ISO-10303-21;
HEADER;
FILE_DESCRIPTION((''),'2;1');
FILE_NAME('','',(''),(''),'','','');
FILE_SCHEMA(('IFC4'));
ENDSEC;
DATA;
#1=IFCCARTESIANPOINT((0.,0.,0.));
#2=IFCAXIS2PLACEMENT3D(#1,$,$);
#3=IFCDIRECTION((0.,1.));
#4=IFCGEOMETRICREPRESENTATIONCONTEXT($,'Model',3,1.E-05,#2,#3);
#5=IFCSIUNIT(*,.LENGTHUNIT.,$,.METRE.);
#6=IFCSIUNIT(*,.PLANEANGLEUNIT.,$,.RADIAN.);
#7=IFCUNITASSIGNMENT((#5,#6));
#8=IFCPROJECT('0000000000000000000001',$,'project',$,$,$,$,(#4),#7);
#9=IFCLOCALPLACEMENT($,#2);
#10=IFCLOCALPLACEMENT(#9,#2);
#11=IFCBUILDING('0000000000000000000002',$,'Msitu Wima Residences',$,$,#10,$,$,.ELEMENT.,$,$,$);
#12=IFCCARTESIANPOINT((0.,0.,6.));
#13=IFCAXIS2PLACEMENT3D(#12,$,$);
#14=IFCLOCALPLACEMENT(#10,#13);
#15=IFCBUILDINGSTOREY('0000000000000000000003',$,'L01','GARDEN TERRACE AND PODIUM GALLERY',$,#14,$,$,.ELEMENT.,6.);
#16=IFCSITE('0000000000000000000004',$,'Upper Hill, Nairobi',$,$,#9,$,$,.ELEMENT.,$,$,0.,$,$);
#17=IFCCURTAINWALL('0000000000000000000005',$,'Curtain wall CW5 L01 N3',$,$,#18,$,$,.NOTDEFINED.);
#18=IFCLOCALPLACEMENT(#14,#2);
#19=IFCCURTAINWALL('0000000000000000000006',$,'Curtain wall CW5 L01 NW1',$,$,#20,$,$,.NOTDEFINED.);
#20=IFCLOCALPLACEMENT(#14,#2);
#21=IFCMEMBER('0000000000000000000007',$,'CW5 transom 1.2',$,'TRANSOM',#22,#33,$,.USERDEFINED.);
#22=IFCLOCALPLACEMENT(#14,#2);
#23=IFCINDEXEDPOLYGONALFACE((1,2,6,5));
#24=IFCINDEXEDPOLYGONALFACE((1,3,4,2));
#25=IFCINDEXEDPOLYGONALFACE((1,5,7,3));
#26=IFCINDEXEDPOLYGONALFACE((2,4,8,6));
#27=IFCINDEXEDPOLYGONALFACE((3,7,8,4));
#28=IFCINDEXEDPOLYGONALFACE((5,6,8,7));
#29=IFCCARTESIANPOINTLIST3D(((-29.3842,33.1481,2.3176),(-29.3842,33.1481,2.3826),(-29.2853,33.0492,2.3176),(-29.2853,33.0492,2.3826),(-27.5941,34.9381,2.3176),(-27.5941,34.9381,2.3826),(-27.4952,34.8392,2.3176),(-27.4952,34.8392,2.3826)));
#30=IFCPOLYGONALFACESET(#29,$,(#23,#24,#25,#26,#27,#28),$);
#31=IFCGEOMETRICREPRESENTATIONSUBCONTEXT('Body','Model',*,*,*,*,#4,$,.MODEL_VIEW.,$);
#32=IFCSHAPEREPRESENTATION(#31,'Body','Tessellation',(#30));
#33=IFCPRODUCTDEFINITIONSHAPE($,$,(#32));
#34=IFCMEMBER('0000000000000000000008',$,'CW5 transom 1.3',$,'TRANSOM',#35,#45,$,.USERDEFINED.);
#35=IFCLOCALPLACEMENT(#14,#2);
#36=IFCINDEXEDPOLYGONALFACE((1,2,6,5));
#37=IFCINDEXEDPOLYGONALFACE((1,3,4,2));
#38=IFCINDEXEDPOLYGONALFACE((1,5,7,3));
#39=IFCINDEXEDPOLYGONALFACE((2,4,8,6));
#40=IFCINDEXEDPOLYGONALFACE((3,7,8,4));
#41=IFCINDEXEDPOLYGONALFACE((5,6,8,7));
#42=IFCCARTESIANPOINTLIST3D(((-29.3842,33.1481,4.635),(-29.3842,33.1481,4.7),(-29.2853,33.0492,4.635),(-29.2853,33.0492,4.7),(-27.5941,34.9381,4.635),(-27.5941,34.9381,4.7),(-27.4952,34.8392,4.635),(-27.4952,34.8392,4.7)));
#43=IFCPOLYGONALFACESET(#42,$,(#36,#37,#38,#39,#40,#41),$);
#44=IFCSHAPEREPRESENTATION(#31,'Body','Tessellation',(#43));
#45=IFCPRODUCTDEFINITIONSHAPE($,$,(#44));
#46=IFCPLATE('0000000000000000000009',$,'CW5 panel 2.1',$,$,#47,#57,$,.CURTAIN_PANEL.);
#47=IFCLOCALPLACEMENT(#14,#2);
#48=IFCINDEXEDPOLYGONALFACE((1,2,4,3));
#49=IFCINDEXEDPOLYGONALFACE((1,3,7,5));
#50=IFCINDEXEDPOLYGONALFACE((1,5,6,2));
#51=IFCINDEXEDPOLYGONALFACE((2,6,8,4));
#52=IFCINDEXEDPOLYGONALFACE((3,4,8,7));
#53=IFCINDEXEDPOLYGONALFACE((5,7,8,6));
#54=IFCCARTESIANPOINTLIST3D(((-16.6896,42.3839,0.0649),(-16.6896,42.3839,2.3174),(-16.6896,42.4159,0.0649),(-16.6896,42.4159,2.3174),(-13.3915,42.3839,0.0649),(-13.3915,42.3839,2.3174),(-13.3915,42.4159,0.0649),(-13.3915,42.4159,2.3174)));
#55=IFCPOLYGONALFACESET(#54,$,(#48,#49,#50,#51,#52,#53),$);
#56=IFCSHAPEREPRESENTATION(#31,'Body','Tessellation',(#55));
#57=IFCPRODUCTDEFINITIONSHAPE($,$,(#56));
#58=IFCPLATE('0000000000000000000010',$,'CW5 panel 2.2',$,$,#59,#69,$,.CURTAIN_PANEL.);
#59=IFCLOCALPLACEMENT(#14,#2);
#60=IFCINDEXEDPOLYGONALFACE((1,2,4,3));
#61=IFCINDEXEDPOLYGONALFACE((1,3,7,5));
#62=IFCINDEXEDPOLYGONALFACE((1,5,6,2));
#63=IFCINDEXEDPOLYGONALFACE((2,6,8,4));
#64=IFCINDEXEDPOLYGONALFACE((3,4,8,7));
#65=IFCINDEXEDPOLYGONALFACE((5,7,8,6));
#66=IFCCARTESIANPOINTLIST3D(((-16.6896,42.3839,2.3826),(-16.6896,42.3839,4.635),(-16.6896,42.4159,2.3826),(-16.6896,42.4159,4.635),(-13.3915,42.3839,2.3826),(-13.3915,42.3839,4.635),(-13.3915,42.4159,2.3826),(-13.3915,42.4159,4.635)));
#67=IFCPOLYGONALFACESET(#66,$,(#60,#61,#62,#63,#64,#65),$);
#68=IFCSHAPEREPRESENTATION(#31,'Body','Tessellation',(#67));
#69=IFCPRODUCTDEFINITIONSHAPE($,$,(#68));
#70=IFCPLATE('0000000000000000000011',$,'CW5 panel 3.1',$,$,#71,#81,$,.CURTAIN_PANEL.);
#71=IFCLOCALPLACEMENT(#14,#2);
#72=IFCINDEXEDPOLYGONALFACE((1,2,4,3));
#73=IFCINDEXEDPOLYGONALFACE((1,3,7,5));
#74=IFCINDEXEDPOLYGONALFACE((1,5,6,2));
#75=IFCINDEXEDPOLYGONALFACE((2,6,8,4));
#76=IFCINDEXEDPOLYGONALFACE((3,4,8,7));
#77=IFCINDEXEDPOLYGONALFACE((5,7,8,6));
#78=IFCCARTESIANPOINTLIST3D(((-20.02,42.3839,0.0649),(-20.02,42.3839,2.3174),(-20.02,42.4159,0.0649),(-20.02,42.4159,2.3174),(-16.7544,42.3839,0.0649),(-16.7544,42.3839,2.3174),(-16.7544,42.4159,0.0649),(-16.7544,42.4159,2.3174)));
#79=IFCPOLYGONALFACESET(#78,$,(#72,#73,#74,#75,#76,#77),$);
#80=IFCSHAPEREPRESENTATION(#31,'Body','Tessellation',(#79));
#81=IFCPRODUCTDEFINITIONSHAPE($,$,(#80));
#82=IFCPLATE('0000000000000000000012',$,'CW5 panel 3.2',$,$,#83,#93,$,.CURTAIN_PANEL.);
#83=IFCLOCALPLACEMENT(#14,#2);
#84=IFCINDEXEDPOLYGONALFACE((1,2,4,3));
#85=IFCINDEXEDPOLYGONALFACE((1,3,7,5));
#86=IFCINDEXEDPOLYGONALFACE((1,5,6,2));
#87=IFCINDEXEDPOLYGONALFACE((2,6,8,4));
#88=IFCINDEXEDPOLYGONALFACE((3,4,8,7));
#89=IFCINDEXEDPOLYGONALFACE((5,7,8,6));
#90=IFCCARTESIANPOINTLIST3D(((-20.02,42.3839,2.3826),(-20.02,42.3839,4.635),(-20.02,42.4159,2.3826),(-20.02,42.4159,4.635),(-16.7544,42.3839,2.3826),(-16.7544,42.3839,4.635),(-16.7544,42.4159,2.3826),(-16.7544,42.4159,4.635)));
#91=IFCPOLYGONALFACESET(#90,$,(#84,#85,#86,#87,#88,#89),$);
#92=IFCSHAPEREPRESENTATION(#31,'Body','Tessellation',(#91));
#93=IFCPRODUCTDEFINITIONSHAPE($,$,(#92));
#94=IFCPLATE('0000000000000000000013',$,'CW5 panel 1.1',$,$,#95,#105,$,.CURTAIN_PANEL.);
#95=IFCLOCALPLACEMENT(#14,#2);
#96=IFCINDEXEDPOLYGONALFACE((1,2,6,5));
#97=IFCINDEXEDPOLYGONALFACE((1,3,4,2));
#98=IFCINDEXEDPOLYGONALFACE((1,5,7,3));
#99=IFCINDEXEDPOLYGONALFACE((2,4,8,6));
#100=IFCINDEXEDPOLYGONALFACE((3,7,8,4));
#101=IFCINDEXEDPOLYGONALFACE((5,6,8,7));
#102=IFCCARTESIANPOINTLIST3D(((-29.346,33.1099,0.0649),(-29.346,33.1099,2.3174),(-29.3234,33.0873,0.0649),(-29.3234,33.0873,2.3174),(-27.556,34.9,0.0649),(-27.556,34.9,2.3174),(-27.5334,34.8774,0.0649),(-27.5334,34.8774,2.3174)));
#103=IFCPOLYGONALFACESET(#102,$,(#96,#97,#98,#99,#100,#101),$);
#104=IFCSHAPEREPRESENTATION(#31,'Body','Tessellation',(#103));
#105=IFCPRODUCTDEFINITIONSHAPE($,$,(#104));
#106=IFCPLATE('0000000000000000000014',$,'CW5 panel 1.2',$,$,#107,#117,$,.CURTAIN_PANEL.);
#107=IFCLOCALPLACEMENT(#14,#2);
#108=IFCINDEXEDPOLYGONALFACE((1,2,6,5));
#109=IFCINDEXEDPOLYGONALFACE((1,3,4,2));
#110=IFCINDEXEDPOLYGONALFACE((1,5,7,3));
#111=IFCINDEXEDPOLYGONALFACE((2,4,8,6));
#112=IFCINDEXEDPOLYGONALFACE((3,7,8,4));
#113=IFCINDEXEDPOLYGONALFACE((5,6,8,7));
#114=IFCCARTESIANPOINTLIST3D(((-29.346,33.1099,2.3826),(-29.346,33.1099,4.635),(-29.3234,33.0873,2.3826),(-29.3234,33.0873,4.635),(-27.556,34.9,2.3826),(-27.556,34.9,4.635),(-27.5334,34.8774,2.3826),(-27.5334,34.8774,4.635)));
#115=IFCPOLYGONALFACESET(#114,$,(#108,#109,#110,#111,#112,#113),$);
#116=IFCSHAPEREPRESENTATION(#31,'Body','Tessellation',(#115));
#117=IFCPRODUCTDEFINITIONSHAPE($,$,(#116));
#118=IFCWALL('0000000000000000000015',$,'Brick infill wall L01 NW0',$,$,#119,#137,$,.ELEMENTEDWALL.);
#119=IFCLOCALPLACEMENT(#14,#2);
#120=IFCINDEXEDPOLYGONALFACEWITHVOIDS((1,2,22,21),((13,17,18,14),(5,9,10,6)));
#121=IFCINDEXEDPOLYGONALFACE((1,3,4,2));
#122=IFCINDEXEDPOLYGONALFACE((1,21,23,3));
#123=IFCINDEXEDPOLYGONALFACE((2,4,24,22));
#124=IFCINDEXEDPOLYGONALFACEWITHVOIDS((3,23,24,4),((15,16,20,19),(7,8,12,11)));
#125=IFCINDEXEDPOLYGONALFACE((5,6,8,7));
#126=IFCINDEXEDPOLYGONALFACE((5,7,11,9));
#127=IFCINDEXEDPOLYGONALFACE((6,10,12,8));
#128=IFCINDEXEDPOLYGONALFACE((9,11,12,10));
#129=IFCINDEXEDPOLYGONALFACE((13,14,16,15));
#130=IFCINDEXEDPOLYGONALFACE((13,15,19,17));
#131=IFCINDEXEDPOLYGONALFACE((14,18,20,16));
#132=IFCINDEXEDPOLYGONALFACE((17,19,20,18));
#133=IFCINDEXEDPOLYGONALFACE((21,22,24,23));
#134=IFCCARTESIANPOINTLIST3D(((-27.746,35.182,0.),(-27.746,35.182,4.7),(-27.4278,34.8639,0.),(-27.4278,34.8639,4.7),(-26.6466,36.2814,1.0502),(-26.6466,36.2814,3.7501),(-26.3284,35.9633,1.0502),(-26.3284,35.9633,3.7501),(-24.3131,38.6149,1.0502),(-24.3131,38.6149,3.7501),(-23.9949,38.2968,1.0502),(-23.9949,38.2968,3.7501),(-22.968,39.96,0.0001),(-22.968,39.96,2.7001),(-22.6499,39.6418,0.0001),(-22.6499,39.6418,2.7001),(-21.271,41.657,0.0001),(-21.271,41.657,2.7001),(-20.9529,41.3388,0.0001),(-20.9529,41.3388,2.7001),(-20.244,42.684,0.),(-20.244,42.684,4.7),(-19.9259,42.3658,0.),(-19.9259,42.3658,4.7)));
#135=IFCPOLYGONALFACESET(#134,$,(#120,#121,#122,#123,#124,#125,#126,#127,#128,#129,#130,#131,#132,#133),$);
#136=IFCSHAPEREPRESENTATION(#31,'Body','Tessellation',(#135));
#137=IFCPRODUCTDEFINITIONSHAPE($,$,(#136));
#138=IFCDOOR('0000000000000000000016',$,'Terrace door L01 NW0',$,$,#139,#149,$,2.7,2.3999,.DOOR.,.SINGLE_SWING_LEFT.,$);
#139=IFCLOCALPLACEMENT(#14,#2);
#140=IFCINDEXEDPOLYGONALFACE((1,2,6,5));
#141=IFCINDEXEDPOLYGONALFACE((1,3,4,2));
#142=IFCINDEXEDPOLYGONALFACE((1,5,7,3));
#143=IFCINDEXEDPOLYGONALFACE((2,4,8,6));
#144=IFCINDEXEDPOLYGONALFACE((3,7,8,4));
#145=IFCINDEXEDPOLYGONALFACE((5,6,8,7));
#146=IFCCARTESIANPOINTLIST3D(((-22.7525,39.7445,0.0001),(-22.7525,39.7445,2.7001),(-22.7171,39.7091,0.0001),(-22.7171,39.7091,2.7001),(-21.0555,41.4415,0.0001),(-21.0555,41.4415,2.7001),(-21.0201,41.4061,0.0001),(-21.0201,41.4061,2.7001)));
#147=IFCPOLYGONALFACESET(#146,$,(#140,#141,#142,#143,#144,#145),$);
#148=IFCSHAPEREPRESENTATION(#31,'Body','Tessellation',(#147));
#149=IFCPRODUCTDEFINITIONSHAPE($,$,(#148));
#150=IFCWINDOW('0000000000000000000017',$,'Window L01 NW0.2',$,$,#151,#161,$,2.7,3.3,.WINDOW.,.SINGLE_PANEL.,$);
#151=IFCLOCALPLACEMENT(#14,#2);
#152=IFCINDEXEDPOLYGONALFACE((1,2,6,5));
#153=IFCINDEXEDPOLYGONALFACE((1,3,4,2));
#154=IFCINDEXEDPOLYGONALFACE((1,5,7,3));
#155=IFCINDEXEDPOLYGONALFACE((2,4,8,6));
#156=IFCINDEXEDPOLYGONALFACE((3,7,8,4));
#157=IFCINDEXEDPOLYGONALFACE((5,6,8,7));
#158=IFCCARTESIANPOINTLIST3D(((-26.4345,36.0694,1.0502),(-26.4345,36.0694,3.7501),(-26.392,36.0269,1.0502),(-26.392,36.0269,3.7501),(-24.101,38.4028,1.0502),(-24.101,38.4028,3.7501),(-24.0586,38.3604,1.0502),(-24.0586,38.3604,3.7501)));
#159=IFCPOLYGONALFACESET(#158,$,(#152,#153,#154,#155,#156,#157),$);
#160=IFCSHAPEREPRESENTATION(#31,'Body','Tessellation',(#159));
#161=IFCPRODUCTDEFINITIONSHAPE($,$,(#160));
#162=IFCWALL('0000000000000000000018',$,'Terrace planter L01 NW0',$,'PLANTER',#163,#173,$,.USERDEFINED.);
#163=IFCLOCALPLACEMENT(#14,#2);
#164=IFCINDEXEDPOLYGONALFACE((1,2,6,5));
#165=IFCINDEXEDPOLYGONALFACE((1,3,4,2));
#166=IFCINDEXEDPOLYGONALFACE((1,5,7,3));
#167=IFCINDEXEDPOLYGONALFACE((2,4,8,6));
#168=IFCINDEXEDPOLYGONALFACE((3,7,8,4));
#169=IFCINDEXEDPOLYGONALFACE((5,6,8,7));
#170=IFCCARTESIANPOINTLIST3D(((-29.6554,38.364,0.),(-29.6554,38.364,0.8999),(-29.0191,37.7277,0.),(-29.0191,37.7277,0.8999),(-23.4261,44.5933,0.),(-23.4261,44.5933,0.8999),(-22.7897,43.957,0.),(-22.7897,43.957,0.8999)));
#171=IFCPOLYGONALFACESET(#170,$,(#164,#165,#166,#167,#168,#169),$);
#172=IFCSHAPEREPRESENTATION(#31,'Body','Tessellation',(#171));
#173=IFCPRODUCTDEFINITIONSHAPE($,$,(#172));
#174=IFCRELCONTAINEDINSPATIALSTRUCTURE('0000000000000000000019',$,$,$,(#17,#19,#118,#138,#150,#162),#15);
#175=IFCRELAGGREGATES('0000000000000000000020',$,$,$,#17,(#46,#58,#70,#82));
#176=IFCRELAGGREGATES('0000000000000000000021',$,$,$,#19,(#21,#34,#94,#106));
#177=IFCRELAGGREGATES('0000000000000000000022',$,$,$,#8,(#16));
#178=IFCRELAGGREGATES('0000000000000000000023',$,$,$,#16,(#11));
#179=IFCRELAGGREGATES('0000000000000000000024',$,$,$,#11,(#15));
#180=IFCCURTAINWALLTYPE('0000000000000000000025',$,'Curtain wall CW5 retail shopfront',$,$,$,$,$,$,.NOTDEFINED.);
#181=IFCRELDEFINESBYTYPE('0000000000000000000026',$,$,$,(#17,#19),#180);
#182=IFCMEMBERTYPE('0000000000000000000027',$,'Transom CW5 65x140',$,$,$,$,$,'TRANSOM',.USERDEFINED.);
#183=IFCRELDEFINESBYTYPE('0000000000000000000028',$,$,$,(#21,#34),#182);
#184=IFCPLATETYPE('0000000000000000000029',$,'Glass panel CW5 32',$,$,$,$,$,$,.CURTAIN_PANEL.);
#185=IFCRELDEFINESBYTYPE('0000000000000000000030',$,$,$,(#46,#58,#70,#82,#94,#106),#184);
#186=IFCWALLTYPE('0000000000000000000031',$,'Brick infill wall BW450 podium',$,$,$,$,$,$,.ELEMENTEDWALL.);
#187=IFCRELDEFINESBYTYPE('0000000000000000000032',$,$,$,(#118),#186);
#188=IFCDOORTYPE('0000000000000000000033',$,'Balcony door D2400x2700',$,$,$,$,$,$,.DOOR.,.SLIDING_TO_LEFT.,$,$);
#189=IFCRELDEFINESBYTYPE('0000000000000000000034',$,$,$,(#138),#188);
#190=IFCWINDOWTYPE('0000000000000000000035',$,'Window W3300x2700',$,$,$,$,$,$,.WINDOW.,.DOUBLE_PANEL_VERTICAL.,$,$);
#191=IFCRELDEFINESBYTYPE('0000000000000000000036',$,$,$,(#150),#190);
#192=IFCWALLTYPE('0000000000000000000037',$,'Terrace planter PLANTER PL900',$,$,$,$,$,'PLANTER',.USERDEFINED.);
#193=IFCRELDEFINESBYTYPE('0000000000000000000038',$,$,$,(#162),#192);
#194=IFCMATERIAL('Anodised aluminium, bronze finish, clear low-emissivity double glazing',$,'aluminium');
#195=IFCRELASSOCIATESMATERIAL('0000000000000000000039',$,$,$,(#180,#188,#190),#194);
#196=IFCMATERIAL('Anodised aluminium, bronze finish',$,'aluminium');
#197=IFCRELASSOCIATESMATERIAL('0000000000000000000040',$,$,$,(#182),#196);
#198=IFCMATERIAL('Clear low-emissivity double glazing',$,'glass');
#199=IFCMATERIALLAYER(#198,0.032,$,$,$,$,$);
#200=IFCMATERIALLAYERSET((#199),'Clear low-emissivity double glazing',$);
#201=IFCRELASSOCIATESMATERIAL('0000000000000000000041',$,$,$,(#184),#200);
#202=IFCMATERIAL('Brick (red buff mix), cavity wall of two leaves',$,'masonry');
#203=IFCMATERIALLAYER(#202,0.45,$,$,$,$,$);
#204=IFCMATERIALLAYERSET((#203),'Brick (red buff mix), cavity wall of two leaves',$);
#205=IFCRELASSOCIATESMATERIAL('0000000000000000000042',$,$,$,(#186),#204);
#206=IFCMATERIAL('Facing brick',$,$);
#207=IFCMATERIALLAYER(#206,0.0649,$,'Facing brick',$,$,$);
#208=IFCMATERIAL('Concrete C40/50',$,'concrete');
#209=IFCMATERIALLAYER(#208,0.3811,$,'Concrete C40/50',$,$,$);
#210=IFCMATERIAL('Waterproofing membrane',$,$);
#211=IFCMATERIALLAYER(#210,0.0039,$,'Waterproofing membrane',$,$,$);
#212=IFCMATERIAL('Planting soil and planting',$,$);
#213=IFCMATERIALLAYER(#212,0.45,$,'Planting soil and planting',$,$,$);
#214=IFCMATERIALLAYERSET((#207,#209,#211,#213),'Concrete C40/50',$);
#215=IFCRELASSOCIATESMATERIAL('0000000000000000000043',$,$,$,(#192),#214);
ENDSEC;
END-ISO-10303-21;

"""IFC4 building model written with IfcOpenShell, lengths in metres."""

from ifc_helpers import new_model, si_unit, direction, frame, frame_2d, origin, origin_2d, place, context, subcontext, project, spatial, rectangle, extrude, material, layer, layer_set, material_profile, profile_set, type_object, element, fill, aggregate, save


model = new_model("IFC4")

# Units and contexts
model_context = context("Model", 3, precision=1e-05, world=origin(), true_north=direction((0.0, 1.0)))
body_context = subcontext(model_context, "Body", "Model", "MODEL_VIEW")
ifc_project = project(units=[si_unit("LENGTHUNIT", "METRE"), si_unit("PLANEANGLEUNIT", "RADIAN")], contexts=[model_context])

# Site, building, storey
site_placement = place(None, origin())
site = spatial("IfcSite", under=ifc_project, at=site_placement, Name="Upper Hill, Nairobi", CompositionType="ELEMENT", RefElevation=0.0)
building_placement = place(site_placement, origin())
building = spatial("IfcBuilding", under=site, at=building_placement, Name="Msitu Wima Residences", CompositionType="ELEMENT")
storey_placement = place(building_placement, frame((0.0, 0.0, 6.0)))
storey = spatial("IfcBuildingStorey", under=building, at=storey_placement, Name="L01", Description="GARDEN TERRACE AND PODIUM GALLERY", CompositionType="ELEMENT", Elevation=6.0)

# Curtain wall
ifc_material_1 = material(Name="Anodised aluminium, bronze finish, clear low-emissivity double glazing", Category="aluminium")
curtain_wall_type = type_object("IfcCurtainWallType", Name="Curtain wall CW5 retail shopfront", PredefinedType="NOTDEFINED", material=ifc_material_1)
curtain_wall_1_placement = place(storey_placement, origin())
curtain_wall_1 = element("IfcCurtainWall", 1, at=curtain_wall_1_placement, inside=storey, type_object=curtain_wall_type, Name="Curtain wall CW5 L01 N3", PredefinedType="NOTDEFINED")
ifc_material_2 = material(Name="Anodised aluminium, bronze finish", Category="aluminium")

# Curtain wall
curtain_wall_2_placement = place(storey_placement, origin())
curtain_wall_2 = element("IfcCurtainWall", 2, at=curtain_wall_2_placement, inside=storey, type_object=curtain_wall_type, Name="Curtain wall CW5 L01 NW1", PredefinedType="NOTDEFINED")

# Members
ifc_material_profile_1 = material_profile(ifc_material_2, rectangle(XDim=0.1399, YDim=0.0649, at=origin_2d()), Name="Transom 65x140")
ifc_profile_set_1 = profile_set([ifc_material_profile_1], Name="Anodised aluminium, bronze finish")
member_type_1 = type_object("IfcMemberType", Name="Transom CW5 65x140", ElementType="TRANSOM", PredefinedType="USERDEFINED", material=ifc_profile_set_1)
member_1_placement = place(storey_placement, frame((-27.5447, 34.8887, 2.3501), z_axis=(-0.707107, -0.707107, 0.0), x_axis=(0.707107, -0.707107, 0.0)))
member_1 = element("IfcMember", 3, at=member_1_placement, type_object=member_type_1, Name="CW5 transom 1.2", ObjectType="TRANSOM", PredefinedType="USERDEFINED", context=body_context, shape_type="SweptSolid", body=[
    extrude(rectangle(XDim=0.1399, YDim=0.0649, at=origin_2d()), origin(), (0.0, 0.0, 1.0), 2.5315),
])
member_2_placement = place(storey_placement, frame((-27.5447, 34.8887, 4.6675), z_axis=(-0.707107, -0.707107, 0.0), x_axis=(0.707107, -0.707107, 0.0)))
member_2 = element("IfcMember", 4, at=member_2_placement, type_object=member_type_1, Name="CW5 transom 1.3", ObjectType="TRANSOM", PredefinedType="USERDEFINED", context=body_context, shape_type="SweptSolid", body=[
    extrude(rectangle(XDim=0.1399, YDim=0.0649, at=origin_2d()), origin(), (0.0, 0.0, 1.0), 2.5315),
])

# Plates
ifc_material_3 = material(Name="Clear low-emissivity double glazing", Category="glass")
ifc_layer_1 = layer(ifc_material_3, 0.032)
ifc_layer_set_1 = layer_set([ifc_layer_1], Name="Clear low-emissivity double glazing")
plate_type = type_object("IfcPlateType", Name="Glass panel CW5 32", PredefinedType="CURTAIN_PANEL", material=ifc_layer_set_1)
plate_1_placement = place(storey_placement, frame((-15.0405, 42.3999, 0.0649), z_axis=(0.0, 0.0, 1.0), x_axis=(-1.0, 0.0, 0.0)))
plate_1 = element("IfcPlate", 5, at=plate_1_placement, type_object=plate_type, Name="CW5 panel 2.1", PredefinedType="CURTAIN_PANEL", context=body_context, shape_type="SweptSolid", body=[
    extrude(rectangle(XDim=3.2981, YDim=0.032, at=origin_2d()), origin(), (0.0, 0.0, 1.0), 2.2524),
])
plate_2_placement = place(storey_placement, frame((-15.0405, 42.3999, 2.3826), z_axis=(0.0, 0.0, 1.0), x_axis=(-1.0, 0.0, 0.0)))
plate_2 = element("IfcPlate", 6, at=plate_2_placement, type_object=plate_type, Name="CW5 panel 2.2", PredefinedType="CURTAIN_PANEL", context=body_context, shape_type="SweptSolid", body=[
    extrude(rectangle(XDim=3.2981, YDim=0.032, at=origin_2d()), origin(), (0.0, 0.0, 1.0), 2.2524),
])
plate_3_placement = place(storey_placement, frame((-18.3872, 42.3999, 0.0649), z_axis=(0.0, 0.0, 1.0), x_axis=(-1.0, 0.0, 0.0)))
plate_3 = element("IfcPlate", 7, at=plate_3_placement, type_object=plate_type, Name="CW5 panel 3.1", PredefinedType="CURTAIN_PANEL", context=body_context, shape_type="SweptSolid", body=[
    extrude(rectangle(XDim=3.2656, YDim=0.032, at=origin_2d()), origin(), (0.0, 0.0, 1.0), 2.2524),
])
plate_4_placement = place(storey_placement, frame((-18.3872, 42.3999, 2.3826), z_axis=(0.0, 0.0, 1.0), x_axis=(-1.0, 0.0, 0.0)))
plate_4 = element("IfcPlate", 8, at=plate_4_placement, type_object=plate_type, Name="CW5 panel 3.2", PredefinedType="CURTAIN_PANEL", context=body_context, shape_type="SweptSolid", body=[
    extrude(rectangle(XDim=3.2656, YDim=0.032, at=origin_2d()), origin(), (0.0, 0.0, 1.0), 2.2524),
])
aggregate(curtain_wall_1, [plate_1, plate_2, plate_3, plate_4])
plate_5_placement = place(storey_placement, frame((-28.4397, 33.9937, 0.0649), z_axis=(0.0, 0.0, 1.0), x_axis=(-0.707107, -0.707107, 0.0)))
plate_5 = element("IfcPlate", 9, at=plate_5_placement, type_object=plate_type, Name="CW5 panel 1.1", PredefinedType="CURTAIN_PANEL", context=body_context, shape_type="SweptSolid", body=[
    extrude(rectangle(XDim=2.5315, YDim=0.032, at=origin_2d()), origin(), (0.0, 0.0, 1.0), 2.2524),
])
plate_6_placement = place(storey_placement, frame((-28.4397, 33.9937, 2.3826), z_axis=(0.0, 0.0, 1.0), x_axis=(-0.707107, -0.707107, 0.0)))
plate_6 = element("IfcPlate", 10, at=plate_6_placement, type_object=plate_type, Name="CW5 panel 1.2", PredefinedType="CURTAIN_PANEL", context=body_context, shape_type="SweptSolid", body=[
    extrude(rectangle(XDim=2.5315, YDim=0.032, at=origin_2d()), origin(), (0.0, 0.0, 1.0), 2.2524),
])
aggregate(curtain_wall_2, [member_1, member_2, plate_5, plate_6])

# Wall, openings, door, window
ifc_material_4 = material(Name="Brick (red buff mix), cavity wall of two leaves", Category="masonry")
ifc_layer_2 = layer(ifc_material_4, 0.45)
ifc_layer_set_2 = layer_set([ifc_layer_2], Name="Brick (red buff mix), cavity wall of two leaves")
wall_type_1 = type_object("IfcWallType", Name="Brick infill wall BW450 podium", PredefinedType="ELEMENTEDWALL", material=ifc_layer_set_2)
wall_1_placement = place(storey_placement, frame((-20.085, 42.5249, 0.0), z_axis=(0.0, 0.0, 1.0), x_axis=(-0.707107, -0.707107, 0.0)))
wall_1 = element("IfcWall", 11, at=wall_1_placement, inside=storey, type_object=wall_type_1, Name="Brick infill wall L01 NW0", PredefinedType="ELEMENTEDWALL", context=body_context, shape_type="SweptSolid", body=[
    extrude(rectangle(XDim=10.6094, YDim=0.45, at=frame_2d((5.3047, 0.0))), origin(), (0.0, 0.0, 1.0), 4.7),
])
opening_1_placement = place(wall_1_placement, frame((1.4524, 0.0, 0.0)))
opening_1 = element("IfcOpeningElement", 12, at=opening_1_placement, cuts=wall_1, PredefinedType="OPENING", context=body_context, shape_type="SweptSolid", body=[
    extrude(rectangle(XDim=2.3999, YDim=2.7, at=frame_2d((1.2, 1.3501))), frame((0.0, 0.2349, 0.0), z_axis=(0.0, -1.0, 0.0), x_axis=(1.0, 0.0, 0.0)), (0.0, 0.0, 1.0), 0.47),
])
opening_2_placement = place(wall_1_placement, frame((5.7546, 0.0, 1.05)))
opening_2 = element("IfcOpeningElement", 13, at=opening_2_placement, cuts=wall_1, PredefinedType="OPENING", context=body_context, shape_type="SweptSolid", body=[
    extrude(rectangle(XDim=3.3, YDim=2.7, at=frame_2d((1.6499, 1.3501))), frame((0.0, 0.2349, 0.0), z_axis=(0.0, -1.0, 0.0), x_axis=(1.0, 0.0, 0.0)), (0.0, 0.0, 1.0), 0.47),
])
door_type = type_object("IfcDoorType", Name="Balcony door D2400x2700", OperationType="SLIDING_TO_LEFT", PredefinedType="DOOR", material=ifc_material_1)
door_placement = place(opening_1_placement, origin())
door = element("IfcDoor", 14, at=door_placement, inside=storey, type_object=door_type, Name="Terrace door L01 NW0", OperationType="SINGLE_SWING_LEFT", OverallHeight=2.7, OverallWidth=2.3999, PredefinedType="DOOR", context=body_context, shape_type="SweptSolid", body=[
    extrude(rectangle(XDim=2.3999, YDim=2.7, at=frame_2d((1.2, 1.3501))), frame((0.0, 0.1299, 0.0), z_axis=(0.0, -1.0, 0.0), x_axis=(1.0, 0.0, 0.0)), (0.0, 0.0, 1.0), 0.05),
])
fill(opening_1, door)
window_type = type_object("IfcWindowType", Name="Window W3300x2700", PartitioningType="DOUBLE_PANEL_VERTICAL", PredefinedType="WINDOW", material=ifc_material_1)
window_placement = place(opening_2_placement, origin())
window = element("IfcWindow", 15, at=window_placement, inside=storey, type_object=window_type, Name="Window L01 NW0.2", OverallHeight=2.7, OverallWidth=3.3, PartitioningType="SINGLE_PANEL", PredefinedType="WINDOW", context=body_context, shape_type="SweptSolid", body=[
    extrude(rectangle(XDim=3.3, YDim=2.7, at=frame_2d((1.6499, 1.3501))), frame((0.0, 0.135, 0.0), z_axis=(0.0, -1.0, 0.0), x_axis=(1.0, 0.0, 0.0)), (0.0, 0.0, 1.0), 0.0601),
])
fill(opening_2, window)

# Wall
ifc_material_5 = material(Name="Facing brick")
ifc_layer_3 = layer(ifc_material_5, 0.0649, Name="Facing brick")
ifc_material_6 = material(Name="Concrete C40/50", Category="concrete")
ifc_layer_4 = layer(ifc_material_6, 0.3811, Name="Concrete C40/50")
ifc_material_7 = material(Name="Waterproofing membrane")
ifc_layer_5 = layer(ifc_material_7, 0.0039, Name="Waterproofing membrane")
ifc_material_8 = material(Name="Planting soil and planting")
ifc_layer_6 = layer(ifc_material_8, 0.45, Name="Planting soil and planting")
ifc_layer_set_3 = layer_set([ifc_layer_3, ifc_layer_4, ifc_layer_5, ifc_layer_6], Name="Concrete C40/50")
wall_type_2 = type_object("IfcWallType", Name="Terrace planter PLANTER PL900", ElementType="PLANTER", PredefinedType="USERDEFINED", material=ifc_layer_set_3)
wall_2_placement = place(storey_placement, frame((-23.1079, 44.2751, 0.0), z_axis=(0.0, 0.0, 1.0), x_axis=(-0.707107, -0.707107, 0.0)))
element("IfcWall", 16, at=wall_2_placement, inside=storey, type_object=wall_type_2, Name="Terrace planter L01 NW0", ObjectType="PLANTER", PredefinedType="USERDEFINED", context=body_context, shape_type="SweptSolid", body=[
    extrude(rectangle(XDim=8.8096, YDim=0.8999, at=frame_2d((4.4048, 0.0))), origin(), (0.0, 0.0, 1.0), 0.8999),
])

save(model, "model.ifc")
